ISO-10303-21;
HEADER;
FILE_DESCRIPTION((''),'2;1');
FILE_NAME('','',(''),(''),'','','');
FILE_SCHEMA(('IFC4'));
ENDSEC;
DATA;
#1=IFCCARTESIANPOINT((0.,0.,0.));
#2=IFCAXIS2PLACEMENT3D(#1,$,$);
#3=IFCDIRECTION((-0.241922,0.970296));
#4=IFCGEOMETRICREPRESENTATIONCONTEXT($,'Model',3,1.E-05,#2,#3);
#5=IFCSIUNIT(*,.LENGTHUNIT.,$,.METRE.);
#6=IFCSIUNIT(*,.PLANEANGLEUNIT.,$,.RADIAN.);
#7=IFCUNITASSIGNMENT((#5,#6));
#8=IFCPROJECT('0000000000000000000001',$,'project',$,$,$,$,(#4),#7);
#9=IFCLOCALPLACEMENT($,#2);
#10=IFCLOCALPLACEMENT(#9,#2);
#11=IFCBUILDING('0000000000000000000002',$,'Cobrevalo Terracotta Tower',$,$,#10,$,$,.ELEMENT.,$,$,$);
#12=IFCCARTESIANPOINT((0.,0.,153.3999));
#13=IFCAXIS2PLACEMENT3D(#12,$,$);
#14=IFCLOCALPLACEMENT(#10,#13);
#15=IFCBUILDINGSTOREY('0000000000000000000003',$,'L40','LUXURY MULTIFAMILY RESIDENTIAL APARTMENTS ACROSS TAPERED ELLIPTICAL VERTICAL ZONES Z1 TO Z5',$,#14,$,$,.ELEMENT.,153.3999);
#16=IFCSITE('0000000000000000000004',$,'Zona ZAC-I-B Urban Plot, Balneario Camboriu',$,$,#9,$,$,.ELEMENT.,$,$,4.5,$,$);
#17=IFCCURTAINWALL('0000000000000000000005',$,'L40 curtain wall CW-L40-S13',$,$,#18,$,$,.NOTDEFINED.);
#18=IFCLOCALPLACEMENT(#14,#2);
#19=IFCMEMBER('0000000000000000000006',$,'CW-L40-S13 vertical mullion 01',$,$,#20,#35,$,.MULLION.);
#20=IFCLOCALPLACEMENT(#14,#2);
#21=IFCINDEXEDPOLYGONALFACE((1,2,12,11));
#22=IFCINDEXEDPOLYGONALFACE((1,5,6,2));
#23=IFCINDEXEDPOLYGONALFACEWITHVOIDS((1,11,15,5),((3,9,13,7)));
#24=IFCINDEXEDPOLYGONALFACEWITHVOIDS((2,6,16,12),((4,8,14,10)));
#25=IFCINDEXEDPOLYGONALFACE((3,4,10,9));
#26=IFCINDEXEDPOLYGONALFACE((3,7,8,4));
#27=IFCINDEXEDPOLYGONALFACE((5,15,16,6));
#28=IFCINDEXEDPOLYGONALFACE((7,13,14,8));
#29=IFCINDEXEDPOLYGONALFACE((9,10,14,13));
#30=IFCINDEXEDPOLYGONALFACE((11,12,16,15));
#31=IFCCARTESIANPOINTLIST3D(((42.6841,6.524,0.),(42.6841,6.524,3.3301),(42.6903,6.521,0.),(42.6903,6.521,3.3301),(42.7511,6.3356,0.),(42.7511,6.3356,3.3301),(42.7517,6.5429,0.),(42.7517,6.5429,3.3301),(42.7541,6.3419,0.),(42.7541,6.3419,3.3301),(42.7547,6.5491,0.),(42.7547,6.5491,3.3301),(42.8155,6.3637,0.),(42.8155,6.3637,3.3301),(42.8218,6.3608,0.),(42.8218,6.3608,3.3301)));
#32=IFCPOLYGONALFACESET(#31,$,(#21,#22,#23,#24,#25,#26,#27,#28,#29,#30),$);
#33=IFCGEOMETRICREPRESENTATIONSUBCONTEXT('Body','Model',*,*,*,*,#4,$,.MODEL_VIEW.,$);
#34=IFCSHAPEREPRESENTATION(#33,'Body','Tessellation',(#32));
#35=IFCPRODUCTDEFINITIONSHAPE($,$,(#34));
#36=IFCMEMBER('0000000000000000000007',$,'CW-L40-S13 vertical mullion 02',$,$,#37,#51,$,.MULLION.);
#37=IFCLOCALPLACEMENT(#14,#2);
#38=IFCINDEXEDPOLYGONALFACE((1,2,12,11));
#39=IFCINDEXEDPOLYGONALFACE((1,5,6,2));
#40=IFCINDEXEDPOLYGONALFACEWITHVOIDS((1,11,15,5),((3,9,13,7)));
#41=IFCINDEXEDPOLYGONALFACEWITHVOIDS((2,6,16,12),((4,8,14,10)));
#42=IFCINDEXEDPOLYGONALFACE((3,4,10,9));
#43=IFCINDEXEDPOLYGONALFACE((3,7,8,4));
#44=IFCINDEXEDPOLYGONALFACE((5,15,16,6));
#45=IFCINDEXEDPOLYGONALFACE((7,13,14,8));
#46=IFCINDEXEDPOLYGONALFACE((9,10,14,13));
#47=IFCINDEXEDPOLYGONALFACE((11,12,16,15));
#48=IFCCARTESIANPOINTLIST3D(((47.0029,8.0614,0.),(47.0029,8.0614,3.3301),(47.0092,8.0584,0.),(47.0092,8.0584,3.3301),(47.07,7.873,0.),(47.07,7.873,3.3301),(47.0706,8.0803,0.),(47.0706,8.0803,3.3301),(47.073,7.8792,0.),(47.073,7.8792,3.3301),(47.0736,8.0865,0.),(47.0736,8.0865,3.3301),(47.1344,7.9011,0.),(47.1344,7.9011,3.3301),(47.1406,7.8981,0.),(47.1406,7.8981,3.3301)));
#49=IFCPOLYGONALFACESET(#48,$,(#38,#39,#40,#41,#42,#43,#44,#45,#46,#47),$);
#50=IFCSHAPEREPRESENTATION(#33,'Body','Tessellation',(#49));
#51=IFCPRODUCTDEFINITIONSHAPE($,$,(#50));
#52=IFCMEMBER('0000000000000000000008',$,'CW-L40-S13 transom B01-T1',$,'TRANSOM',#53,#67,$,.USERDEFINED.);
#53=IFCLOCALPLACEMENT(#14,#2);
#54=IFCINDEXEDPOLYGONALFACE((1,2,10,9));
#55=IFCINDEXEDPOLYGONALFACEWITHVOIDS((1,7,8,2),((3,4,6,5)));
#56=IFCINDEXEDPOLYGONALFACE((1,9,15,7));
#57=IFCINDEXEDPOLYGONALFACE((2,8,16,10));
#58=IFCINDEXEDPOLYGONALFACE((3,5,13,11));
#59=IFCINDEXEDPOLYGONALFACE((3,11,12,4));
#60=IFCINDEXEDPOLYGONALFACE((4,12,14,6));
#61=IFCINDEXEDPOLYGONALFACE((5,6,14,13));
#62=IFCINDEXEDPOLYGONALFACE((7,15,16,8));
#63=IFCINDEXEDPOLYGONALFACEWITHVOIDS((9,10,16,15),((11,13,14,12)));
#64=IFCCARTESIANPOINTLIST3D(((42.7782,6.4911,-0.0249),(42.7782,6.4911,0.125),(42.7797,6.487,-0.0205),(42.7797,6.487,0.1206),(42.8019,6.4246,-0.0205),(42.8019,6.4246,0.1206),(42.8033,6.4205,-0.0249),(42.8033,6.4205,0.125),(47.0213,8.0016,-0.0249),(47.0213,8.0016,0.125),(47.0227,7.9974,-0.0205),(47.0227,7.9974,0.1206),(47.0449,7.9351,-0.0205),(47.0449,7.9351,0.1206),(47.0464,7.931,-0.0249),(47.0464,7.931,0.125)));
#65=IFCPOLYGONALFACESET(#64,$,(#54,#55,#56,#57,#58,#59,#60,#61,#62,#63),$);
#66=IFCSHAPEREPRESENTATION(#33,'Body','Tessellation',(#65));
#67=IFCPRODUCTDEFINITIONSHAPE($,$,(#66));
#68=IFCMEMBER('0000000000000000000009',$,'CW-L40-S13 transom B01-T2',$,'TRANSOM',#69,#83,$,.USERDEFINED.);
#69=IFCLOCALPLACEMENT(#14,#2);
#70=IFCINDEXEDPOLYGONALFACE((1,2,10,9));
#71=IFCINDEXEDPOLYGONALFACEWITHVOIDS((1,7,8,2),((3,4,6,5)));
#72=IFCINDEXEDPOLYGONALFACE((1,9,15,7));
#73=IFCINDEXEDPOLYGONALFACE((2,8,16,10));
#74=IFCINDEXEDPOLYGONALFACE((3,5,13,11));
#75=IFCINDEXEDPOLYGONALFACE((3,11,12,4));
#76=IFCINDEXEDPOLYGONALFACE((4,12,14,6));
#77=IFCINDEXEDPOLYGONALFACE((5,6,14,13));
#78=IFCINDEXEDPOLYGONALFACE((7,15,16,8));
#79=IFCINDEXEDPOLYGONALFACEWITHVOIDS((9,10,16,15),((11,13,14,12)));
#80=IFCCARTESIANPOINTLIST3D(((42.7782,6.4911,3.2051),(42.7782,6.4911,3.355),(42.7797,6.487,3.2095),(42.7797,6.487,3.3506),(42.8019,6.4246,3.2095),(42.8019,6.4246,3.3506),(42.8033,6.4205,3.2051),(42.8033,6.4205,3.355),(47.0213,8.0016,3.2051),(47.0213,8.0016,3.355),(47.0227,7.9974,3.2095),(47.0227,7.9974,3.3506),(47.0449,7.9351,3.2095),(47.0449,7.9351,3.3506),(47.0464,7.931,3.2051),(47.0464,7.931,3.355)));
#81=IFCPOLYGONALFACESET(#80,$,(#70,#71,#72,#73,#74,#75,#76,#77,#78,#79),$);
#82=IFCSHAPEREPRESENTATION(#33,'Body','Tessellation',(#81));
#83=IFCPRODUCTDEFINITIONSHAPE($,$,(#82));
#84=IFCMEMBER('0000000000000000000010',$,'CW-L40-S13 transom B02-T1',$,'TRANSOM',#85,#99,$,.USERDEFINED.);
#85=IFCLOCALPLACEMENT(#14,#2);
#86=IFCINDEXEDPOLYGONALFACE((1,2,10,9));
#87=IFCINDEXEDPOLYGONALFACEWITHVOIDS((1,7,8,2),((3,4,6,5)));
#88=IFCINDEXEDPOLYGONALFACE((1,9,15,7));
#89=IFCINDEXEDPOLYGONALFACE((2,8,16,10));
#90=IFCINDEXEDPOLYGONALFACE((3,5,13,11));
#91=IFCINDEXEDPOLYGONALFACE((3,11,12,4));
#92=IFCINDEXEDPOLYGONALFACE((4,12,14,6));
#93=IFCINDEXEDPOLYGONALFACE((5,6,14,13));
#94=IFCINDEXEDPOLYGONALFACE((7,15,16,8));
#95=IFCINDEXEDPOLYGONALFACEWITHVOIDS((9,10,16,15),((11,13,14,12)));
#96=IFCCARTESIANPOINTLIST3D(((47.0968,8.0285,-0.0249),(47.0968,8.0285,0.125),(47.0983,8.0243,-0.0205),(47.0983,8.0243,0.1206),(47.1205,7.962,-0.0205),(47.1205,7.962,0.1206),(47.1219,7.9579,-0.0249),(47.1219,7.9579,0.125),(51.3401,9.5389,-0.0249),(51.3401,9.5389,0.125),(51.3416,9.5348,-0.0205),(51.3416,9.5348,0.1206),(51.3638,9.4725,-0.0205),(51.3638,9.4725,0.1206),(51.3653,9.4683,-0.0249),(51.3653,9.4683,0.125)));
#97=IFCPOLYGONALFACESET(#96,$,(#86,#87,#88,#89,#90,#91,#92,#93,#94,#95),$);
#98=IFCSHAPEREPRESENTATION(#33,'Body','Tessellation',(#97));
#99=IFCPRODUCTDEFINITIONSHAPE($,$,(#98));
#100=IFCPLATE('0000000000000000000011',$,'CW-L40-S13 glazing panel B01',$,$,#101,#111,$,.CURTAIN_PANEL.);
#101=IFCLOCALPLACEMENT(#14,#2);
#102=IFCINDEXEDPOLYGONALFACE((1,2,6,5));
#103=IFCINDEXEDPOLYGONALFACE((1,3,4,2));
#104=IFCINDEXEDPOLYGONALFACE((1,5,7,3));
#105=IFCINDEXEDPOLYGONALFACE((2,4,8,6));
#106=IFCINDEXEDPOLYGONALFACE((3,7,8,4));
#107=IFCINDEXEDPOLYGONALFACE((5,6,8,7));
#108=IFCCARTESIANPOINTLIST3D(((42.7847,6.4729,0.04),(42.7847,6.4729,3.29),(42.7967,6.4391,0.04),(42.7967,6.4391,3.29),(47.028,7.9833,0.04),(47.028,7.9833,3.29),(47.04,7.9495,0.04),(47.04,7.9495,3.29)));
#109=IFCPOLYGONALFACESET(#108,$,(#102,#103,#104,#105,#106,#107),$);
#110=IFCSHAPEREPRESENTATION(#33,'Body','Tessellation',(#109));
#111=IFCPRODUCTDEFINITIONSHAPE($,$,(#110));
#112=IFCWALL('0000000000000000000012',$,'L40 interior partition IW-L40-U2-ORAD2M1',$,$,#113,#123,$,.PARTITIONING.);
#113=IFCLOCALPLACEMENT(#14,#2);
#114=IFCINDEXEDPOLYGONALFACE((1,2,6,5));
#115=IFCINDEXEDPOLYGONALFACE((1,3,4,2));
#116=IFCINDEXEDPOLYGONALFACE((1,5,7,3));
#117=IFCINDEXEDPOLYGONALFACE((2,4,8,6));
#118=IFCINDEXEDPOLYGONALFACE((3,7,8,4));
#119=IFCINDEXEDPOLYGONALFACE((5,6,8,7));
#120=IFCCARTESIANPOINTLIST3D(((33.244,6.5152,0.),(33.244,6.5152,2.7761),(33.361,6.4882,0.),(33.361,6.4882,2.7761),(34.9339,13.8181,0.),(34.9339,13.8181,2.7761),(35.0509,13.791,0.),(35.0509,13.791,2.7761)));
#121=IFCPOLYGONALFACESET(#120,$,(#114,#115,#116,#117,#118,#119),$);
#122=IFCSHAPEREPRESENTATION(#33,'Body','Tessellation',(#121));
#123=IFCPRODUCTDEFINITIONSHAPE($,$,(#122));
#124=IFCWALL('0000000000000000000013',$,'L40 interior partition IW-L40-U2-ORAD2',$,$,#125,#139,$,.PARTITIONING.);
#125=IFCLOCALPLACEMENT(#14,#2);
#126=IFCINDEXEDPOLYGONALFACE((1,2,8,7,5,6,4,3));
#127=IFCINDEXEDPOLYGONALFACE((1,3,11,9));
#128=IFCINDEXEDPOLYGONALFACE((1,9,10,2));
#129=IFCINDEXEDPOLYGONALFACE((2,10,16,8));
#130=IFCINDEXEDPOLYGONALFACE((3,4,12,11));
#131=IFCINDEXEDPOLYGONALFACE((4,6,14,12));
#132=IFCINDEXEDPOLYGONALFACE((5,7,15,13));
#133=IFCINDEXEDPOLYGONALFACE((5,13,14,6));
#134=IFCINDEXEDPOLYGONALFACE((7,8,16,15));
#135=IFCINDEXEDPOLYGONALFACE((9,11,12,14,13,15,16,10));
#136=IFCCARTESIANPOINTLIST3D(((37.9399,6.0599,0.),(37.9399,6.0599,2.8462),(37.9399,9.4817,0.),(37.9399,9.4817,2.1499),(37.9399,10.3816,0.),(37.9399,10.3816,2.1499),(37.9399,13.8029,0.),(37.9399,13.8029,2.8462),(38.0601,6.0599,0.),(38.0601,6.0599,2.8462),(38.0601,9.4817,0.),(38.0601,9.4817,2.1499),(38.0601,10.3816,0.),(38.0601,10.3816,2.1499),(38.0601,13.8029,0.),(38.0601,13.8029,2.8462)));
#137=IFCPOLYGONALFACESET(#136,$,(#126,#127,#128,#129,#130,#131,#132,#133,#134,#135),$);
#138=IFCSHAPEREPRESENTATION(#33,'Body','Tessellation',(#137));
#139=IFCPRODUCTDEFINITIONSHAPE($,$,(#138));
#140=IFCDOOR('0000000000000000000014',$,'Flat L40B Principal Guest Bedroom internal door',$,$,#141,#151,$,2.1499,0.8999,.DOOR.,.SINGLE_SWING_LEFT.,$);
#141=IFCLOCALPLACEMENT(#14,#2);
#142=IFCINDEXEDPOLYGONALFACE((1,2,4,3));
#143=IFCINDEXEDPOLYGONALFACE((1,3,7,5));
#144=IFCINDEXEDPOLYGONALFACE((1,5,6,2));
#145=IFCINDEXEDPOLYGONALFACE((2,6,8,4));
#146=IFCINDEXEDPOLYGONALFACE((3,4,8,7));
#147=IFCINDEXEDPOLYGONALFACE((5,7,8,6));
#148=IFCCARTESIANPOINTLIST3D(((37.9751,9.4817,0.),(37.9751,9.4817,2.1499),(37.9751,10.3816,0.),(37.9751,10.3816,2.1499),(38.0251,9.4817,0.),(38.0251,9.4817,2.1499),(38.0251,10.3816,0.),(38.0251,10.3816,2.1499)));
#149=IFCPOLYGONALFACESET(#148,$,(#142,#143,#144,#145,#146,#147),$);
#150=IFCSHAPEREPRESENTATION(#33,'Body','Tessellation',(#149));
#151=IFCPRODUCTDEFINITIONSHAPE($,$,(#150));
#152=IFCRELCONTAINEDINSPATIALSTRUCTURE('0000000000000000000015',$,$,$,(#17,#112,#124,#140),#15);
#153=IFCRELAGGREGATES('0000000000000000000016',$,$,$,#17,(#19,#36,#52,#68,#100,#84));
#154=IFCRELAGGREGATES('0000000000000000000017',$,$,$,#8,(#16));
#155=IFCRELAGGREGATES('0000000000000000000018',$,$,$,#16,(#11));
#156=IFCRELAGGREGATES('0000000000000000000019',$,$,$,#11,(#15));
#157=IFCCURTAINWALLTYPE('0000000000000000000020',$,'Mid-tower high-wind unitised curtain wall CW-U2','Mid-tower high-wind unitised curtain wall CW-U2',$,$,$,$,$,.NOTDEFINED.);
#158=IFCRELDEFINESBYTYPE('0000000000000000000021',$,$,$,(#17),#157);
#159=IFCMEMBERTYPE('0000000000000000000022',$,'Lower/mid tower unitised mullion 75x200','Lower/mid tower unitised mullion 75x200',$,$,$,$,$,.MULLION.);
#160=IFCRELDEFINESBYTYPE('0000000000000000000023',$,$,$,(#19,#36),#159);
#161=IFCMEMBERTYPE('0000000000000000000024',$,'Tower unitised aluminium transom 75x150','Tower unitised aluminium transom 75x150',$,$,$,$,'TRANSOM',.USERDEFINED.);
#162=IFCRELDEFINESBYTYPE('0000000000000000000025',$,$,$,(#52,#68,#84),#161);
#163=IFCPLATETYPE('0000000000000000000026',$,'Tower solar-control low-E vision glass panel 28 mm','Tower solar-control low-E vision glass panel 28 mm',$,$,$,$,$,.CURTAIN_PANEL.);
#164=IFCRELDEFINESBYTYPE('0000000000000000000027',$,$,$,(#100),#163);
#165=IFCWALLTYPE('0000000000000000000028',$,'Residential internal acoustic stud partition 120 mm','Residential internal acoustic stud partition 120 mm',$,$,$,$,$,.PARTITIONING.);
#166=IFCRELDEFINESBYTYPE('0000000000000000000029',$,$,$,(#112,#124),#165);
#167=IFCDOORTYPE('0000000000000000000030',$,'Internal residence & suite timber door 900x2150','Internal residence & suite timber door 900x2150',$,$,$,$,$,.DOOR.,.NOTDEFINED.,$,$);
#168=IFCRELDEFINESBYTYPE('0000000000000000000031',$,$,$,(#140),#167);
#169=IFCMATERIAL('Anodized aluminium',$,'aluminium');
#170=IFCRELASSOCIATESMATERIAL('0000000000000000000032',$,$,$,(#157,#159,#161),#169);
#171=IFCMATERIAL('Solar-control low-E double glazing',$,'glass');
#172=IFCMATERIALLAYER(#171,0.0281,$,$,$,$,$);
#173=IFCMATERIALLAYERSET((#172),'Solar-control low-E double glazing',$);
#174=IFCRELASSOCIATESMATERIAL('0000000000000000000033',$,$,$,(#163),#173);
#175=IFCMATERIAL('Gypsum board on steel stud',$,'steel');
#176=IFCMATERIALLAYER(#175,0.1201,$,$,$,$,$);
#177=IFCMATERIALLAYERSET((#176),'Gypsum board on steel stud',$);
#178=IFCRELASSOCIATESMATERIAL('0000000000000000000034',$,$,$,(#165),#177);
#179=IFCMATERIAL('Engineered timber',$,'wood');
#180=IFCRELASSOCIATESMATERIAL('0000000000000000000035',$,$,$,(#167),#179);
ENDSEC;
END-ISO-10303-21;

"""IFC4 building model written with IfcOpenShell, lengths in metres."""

from ifc_helpers import new_model, si_unit, direction, frame, frame_2d, origin, origin_2d, place, context, subcontext, project, spatial, rectangle, hollow_rectangle, extrude, source, transform, mapped, material, layer, layer_set, material_profile, profile_set, type_object, element, fill, aggregate, save


model = new_model("IFC4")

# Units and contexts
model_context = context("Model", 3, precision=1e-05, world=origin(), true_north=direction((-0.241922, 0.970296)))
body_context = subcontext(model_context, "Body", "Model", "MODEL_VIEW")
ifc_project = project(units=[si_unit("LENGTHUNIT", "METRE"), si_unit("PLANEANGLEUNIT", "RADIAN")], contexts=[model_context])

# Site, building, storey
site_placement = place(None, origin())
site = spatial("IfcSite", under=ifc_project, at=site_placement, Name="Zona ZAC-I-B Urban Plot, Balneario Camboriu", CompositionType="ELEMENT", RefElevation=4.5)
building_placement = place(site_placement, origin())
building = spatial("IfcBuilding", under=site, at=building_placement, Name="Cobrevalo Terracotta Tower", CompositionType="ELEMENT")
storey_placement = place(building_placement, frame((0.0, 0.0, 153.3999)))
storey = spatial("IfcBuildingStorey", under=building, at=storey_placement, Name="L40", Description="LUXURY MULTIFAMILY RESIDENTIAL APARTMENTS ACROSS TAPERED ELLIPTICAL VERTICAL ZONES Z1 TO Z5", CompositionType="ELEMENT", Elevation=153.3999)

# Curtain wall, members, plate
ifc_material_1 = material(Name="Anodized aluminium", Category="aluminium")
curtain_wall_type = type_object("IfcCurtainWallType", Name="Mid-tower high-wind unitised curtain wall CW-U2", Description="Mid-tower high-wind unitised curtain wall CW-U2", PredefinedType="NOTDEFINED", material=ifc_material_1)
curtain_wall_placement = place(storey_placement, origin())
curtain_wall = element("IfcCurtainWall", 1, at=curtain_wall_placement, inside=storey, type_object=curtain_wall_type, Name="L40 curtain wall CW-L40-S13", PredefinedType="NOTDEFINED")
ifc_material_profile_1 = material_profile(ifc_material_1, hollow_rectangle(XDim=0.075, YDim=0.2, WallThickness=0.0049, at=origin_2d()), Name="CWM 75x200")
ifc_profile_set_1 = profile_set([ifc_material_profile_1], Name="Anodized aluminium")
member_type_1 = type_object("IfcMemberType", Name="Lower/mid tower unitised mullion 75x200", Description="Lower/mid tower unitised mullion 75x200", PredefinedType="MULLION", material=ifc_profile_set_1)
shared_shape_1 = source(origin(), body_context, "Body", "SweptSolid", [
    extrude(hollow_rectangle(XDim=0.075, YDim=0.2, WallThickness=0.0049, at=origin_2d()), origin(), (0.0, 0.0, 1.0), 3.3301),
])
member_1_placement = place(storey_placement, frame((42.7529, 6.4424, 0.0), z_axis=(0.0, 0.0, 1.0), x_axis=(0.942098, 0.335336, 0.0)))
member_1 = element("IfcMember", 2, at=member_1_placement, type_object=member_type_1, Name="CW-L40-S13 vertical mullion 01", PredefinedType="MULLION", context=body_context, shape_type="MappedRepresentation", body=[
    mapped(shared_shape_1, transform((0.0, 0.0, 0.0), scale=1.0)),
])
member_2_placement = place(storey_placement, frame((47.0718, 7.9797, 0.0), z_axis=(0.0, 0.0, 1.0), x_axis=(0.942098, 0.335336, 0.0)))
member_2 = element("IfcMember", 3, at=member_2_placement, type_object=member_type_1, Name="CW-L40-S13 vertical mullion 02", PredefinedType="MULLION", context=body_context, shape_type="MappedRepresentation", body=[
    mapped(shared_shape_1, transform((0.0, 0.0, 0.0), scale=1.0)),
])
ifc_material_profile_2 = material_profile(ifc_material_1, hollow_rectangle(XDim=0.075, YDim=0.1499, WallThickness=0.0044, at=origin_2d()), Name="CWT 75x150")
ifc_profile_set_2 = profile_set([ifc_material_profile_2], Name="Anodized aluminium")
member_type_2 = type_object("IfcMemberType", Name="Tower unitised aluminium transom 75x150", Description="Tower unitised aluminium transom 75x150", ElementType="TRANSOM", PredefinedType="USERDEFINED", material=ifc_profile_set_2)
shared_shape_2 = source(origin(), body_context, "Body", "SweptSolid", [
    extrude(hollow_rectangle(XDim=0.075, YDim=0.1499, WallThickness=0.0044, at=origin_2d()), origin(), (0.0, 0.0, 1.0), 4.5039),
])
member_3_placement = place(storey_placement, frame((42.7908, 6.4558, 0.05), z_axis=(0.942087, 0.335368, 0.0), x_axis=(-0.335368, 0.942087, 0.0)))
member_3 = element("IfcMember", 4, at=member_3_placement, type_object=member_type_2, Name="CW-L40-S13 transom B01-T1", ObjectType="TRANSOM", PredefinedType="USERDEFINED", context=body_context, shape_type="MappedRepresentation", body=[
    mapped(shared_shape_2, transform((0.0, 0.0, 0.0), scale=1.0)),
])
member_4_placement = place(storey_placement, frame((42.7908, 6.4558, 3.28), z_axis=(0.942087, 0.335368, 0.0), x_axis=(-0.335368, 0.942087, 0.0)))
member_4 = element("IfcMember", 5, at=member_4_placement, type_object=member_type_2, Name="CW-L40-S13 transom B01-T2", ObjectType="TRANSOM", PredefinedType="USERDEFINED", context=body_context, shape_type="MappedRepresentation", body=[
    mapped(shared_shape_2, transform((0.0, 0.0, 0.0), scale=1.0)),
])
shared_shape_3 = source(origin(), body_context, "Body", "SweptSolid", [
    extrude(hollow_rectangle(XDim=0.075, YDim=0.1499, WallThickness=0.0044, at=origin_2d()), origin(), (0.0, 0.0, 1.0), 4.5042),
])
member_5_placement = place(storey_placement, frame((47.1094, 7.9932, 0.05), z_axis=(0.942093, 0.335351, 0.0), x_axis=(-0.335351, 0.942093, 0.0)))
member_5 = element("IfcMember", 6, at=member_5_placement, type_object=member_type_2, Name="CW-L40-S13 transom B02-T1", ObjectType="TRANSOM", PredefinedType="USERDEFINED", context=body_context, shape_type="MappedRepresentation", body=[
    mapped(shared_shape_3, transform((0.0, 0.0, 0.0), scale=1.0)),
])
ifc_material_2 = material(Name="Solar-control low-E double glazing", Category="glass")
ifc_layer_1 = layer(ifc_material_2, 0.0281)
ifc_layer_set_1 = layer_set([ifc_layer_1], Name="Solar-control low-E double glazing")
plate_type = type_object("IfcPlateType", Name="Tower solar-control low-E vision glass panel 28 mm", Description="Tower solar-control low-E vision glass panel 28 mm", PredefinedType="CURTAIN_PANEL", material=ifc_layer_set_1)
shared_shape_4 = source(origin(), body_context, "Body", "SweptSolid", [
    extrude(rectangle(XDim=4.5042, YDim=0.0359, at=origin_2d()), origin(), (0.0, 0.0, 1.0), 3.25),
])
plate_placement = place(storey_placement, frame((44.9124, 7.2112, 0.04), z_axis=(0.0, 0.0, 1.0), x_axis=(0.942098, 0.335336, 0.0)))
plate = element("IfcPlate", 7, at=plate_placement, type_object=plate_type, Name="CW-L40-S13 glazing panel B01", PredefinedType="CURTAIN_PANEL", context=body_context, shape_type="MappedRepresentation", body=[
    mapped(shared_shape_4, transform((0.0, 0.0, 0.0), scale=1.0)),
])
aggregate(curtain_wall, [member_1, member_2, member_3, member_4, plate, member_5])

# Wall
ifc_material_3 = material(Name="Gypsum board on steel stud", Category="steel")
ifc_layer_2 = layer(ifc_material_3, 0.1201)
ifc_layer_set_2 = layer_set([ifc_layer_2], Name="Gypsum board on steel stud")
wall_type = type_object("IfcWallType", Name="Residential internal acoustic stud partition 120 mm", Description="Residential internal acoustic stud partition 120 mm", PredefinedType="PARTITIONING", material=ifc_layer_set_2)
wall_1_placement = place(storey_placement, frame((34.9924, 13.8047, 0.0), z_axis=(0.0, 0.0, 1.0), x_axis=(-0.225447, -0.974255, 0.0)))
element("IfcWall", 8, at=wall_1_placement, inside=storey, type_object=wall_type, Name="L40 interior partition IW-L40-U2-ORAD2M1", PredefinedType="PARTITIONING", context=body_context, shape_type="SweptSolid", body=[
    extrude(rectangle(XDim=7.4958, YDim=0.1201, at=frame_2d((3.748, 0.0))), origin(), (0.0, 0.0, 1.0), 2.7761),
])

# Wall, opening, door
wall_2_placement = place(storey_placement, frame((38.0, 13.803, 0.0), z_axis=(0.0, 0.0, 1.0), x_axis=(0.0, -1.0, 0.0)))
wall_2 = element("IfcWall", 9, at=wall_2_placement, inside=storey, type_object=wall_type, Name="L40 interior partition IW-L40-U2-ORAD2", PredefinedType="PARTITIONING", context=body_context, shape_type="SweptSolid", body=[
    extrude(rectangle(XDim=7.7429, YDim=0.1201, at=frame_2d((3.8716, 0.0))), origin(), (0.0, 0.0, 1.0), 2.8462),
])
opening_1_placement = place(wall_2_placement, frame((3.4214, 0.0, 0.0)))
opening_1 = element("IfcOpeningElement", 10, at=opening_1_placement, cuts=wall_2, PredefinedType="OPENING", context=body_context, shape_type="SweptSolid", body=[
    extrude(rectangle(XDim=0.8999, YDim=2.1499, at=frame_2d((0.45, 1.075))), frame((0.0, 0.0701, 0.0), z_axis=(0.0, -1.0, 0.0), x_axis=(1.0, 0.0, 0.0)), (0.0, 0.0, 1.0), 0.1401),
])
ifc_material_4 = material(Name="Engineered timber", Category="wood")
door_type = type_object("IfcDoorType", Name="Internal residence & suite timber door 900x2150", Description="Internal residence & suite timber door 900x2150", OperationType="NOTDEFINED", PredefinedType="DOOR", material=ifc_material_4)
shared_shape_5 = source(origin(), body_context, "Body", "SweptSolid", [
    extrude(rectangle(XDim=0.8999, YDim=2.1499, at=frame_2d((0.45, 1.075))), frame((0.0, 0.0249, 0.0), z_axis=(0.0, -1.0, 0.0), x_axis=(1.0, 0.0, 0.0)), (0.0, 0.0, 1.0), 0.05),
])
door_1_placement = place(opening_1_placement, frame((0.8999, 0.0, 0.0), z_axis=(0.0, 0.0, 1.0), x_axis=(-1.0, 0.0, 0.0)))
door_1 = element("IfcDoor", 11, at=door_1_placement, inside=storey, type_object=door_type, Name="Flat L40B Principal Guest Bedroom internal door", OperationType="SINGLE_SWING_LEFT", OverallHeight=2.1499, OverallWidth=0.8999, PredefinedType="DOOR", context=body_context, shape_type="MappedRepresentation", body=[
    mapped(shared_shape_5, transform((0.0, 0.0, 0.0), scale=1.0)),
])
fill(opening_1, door_1)

save(model, "model.ifc")
